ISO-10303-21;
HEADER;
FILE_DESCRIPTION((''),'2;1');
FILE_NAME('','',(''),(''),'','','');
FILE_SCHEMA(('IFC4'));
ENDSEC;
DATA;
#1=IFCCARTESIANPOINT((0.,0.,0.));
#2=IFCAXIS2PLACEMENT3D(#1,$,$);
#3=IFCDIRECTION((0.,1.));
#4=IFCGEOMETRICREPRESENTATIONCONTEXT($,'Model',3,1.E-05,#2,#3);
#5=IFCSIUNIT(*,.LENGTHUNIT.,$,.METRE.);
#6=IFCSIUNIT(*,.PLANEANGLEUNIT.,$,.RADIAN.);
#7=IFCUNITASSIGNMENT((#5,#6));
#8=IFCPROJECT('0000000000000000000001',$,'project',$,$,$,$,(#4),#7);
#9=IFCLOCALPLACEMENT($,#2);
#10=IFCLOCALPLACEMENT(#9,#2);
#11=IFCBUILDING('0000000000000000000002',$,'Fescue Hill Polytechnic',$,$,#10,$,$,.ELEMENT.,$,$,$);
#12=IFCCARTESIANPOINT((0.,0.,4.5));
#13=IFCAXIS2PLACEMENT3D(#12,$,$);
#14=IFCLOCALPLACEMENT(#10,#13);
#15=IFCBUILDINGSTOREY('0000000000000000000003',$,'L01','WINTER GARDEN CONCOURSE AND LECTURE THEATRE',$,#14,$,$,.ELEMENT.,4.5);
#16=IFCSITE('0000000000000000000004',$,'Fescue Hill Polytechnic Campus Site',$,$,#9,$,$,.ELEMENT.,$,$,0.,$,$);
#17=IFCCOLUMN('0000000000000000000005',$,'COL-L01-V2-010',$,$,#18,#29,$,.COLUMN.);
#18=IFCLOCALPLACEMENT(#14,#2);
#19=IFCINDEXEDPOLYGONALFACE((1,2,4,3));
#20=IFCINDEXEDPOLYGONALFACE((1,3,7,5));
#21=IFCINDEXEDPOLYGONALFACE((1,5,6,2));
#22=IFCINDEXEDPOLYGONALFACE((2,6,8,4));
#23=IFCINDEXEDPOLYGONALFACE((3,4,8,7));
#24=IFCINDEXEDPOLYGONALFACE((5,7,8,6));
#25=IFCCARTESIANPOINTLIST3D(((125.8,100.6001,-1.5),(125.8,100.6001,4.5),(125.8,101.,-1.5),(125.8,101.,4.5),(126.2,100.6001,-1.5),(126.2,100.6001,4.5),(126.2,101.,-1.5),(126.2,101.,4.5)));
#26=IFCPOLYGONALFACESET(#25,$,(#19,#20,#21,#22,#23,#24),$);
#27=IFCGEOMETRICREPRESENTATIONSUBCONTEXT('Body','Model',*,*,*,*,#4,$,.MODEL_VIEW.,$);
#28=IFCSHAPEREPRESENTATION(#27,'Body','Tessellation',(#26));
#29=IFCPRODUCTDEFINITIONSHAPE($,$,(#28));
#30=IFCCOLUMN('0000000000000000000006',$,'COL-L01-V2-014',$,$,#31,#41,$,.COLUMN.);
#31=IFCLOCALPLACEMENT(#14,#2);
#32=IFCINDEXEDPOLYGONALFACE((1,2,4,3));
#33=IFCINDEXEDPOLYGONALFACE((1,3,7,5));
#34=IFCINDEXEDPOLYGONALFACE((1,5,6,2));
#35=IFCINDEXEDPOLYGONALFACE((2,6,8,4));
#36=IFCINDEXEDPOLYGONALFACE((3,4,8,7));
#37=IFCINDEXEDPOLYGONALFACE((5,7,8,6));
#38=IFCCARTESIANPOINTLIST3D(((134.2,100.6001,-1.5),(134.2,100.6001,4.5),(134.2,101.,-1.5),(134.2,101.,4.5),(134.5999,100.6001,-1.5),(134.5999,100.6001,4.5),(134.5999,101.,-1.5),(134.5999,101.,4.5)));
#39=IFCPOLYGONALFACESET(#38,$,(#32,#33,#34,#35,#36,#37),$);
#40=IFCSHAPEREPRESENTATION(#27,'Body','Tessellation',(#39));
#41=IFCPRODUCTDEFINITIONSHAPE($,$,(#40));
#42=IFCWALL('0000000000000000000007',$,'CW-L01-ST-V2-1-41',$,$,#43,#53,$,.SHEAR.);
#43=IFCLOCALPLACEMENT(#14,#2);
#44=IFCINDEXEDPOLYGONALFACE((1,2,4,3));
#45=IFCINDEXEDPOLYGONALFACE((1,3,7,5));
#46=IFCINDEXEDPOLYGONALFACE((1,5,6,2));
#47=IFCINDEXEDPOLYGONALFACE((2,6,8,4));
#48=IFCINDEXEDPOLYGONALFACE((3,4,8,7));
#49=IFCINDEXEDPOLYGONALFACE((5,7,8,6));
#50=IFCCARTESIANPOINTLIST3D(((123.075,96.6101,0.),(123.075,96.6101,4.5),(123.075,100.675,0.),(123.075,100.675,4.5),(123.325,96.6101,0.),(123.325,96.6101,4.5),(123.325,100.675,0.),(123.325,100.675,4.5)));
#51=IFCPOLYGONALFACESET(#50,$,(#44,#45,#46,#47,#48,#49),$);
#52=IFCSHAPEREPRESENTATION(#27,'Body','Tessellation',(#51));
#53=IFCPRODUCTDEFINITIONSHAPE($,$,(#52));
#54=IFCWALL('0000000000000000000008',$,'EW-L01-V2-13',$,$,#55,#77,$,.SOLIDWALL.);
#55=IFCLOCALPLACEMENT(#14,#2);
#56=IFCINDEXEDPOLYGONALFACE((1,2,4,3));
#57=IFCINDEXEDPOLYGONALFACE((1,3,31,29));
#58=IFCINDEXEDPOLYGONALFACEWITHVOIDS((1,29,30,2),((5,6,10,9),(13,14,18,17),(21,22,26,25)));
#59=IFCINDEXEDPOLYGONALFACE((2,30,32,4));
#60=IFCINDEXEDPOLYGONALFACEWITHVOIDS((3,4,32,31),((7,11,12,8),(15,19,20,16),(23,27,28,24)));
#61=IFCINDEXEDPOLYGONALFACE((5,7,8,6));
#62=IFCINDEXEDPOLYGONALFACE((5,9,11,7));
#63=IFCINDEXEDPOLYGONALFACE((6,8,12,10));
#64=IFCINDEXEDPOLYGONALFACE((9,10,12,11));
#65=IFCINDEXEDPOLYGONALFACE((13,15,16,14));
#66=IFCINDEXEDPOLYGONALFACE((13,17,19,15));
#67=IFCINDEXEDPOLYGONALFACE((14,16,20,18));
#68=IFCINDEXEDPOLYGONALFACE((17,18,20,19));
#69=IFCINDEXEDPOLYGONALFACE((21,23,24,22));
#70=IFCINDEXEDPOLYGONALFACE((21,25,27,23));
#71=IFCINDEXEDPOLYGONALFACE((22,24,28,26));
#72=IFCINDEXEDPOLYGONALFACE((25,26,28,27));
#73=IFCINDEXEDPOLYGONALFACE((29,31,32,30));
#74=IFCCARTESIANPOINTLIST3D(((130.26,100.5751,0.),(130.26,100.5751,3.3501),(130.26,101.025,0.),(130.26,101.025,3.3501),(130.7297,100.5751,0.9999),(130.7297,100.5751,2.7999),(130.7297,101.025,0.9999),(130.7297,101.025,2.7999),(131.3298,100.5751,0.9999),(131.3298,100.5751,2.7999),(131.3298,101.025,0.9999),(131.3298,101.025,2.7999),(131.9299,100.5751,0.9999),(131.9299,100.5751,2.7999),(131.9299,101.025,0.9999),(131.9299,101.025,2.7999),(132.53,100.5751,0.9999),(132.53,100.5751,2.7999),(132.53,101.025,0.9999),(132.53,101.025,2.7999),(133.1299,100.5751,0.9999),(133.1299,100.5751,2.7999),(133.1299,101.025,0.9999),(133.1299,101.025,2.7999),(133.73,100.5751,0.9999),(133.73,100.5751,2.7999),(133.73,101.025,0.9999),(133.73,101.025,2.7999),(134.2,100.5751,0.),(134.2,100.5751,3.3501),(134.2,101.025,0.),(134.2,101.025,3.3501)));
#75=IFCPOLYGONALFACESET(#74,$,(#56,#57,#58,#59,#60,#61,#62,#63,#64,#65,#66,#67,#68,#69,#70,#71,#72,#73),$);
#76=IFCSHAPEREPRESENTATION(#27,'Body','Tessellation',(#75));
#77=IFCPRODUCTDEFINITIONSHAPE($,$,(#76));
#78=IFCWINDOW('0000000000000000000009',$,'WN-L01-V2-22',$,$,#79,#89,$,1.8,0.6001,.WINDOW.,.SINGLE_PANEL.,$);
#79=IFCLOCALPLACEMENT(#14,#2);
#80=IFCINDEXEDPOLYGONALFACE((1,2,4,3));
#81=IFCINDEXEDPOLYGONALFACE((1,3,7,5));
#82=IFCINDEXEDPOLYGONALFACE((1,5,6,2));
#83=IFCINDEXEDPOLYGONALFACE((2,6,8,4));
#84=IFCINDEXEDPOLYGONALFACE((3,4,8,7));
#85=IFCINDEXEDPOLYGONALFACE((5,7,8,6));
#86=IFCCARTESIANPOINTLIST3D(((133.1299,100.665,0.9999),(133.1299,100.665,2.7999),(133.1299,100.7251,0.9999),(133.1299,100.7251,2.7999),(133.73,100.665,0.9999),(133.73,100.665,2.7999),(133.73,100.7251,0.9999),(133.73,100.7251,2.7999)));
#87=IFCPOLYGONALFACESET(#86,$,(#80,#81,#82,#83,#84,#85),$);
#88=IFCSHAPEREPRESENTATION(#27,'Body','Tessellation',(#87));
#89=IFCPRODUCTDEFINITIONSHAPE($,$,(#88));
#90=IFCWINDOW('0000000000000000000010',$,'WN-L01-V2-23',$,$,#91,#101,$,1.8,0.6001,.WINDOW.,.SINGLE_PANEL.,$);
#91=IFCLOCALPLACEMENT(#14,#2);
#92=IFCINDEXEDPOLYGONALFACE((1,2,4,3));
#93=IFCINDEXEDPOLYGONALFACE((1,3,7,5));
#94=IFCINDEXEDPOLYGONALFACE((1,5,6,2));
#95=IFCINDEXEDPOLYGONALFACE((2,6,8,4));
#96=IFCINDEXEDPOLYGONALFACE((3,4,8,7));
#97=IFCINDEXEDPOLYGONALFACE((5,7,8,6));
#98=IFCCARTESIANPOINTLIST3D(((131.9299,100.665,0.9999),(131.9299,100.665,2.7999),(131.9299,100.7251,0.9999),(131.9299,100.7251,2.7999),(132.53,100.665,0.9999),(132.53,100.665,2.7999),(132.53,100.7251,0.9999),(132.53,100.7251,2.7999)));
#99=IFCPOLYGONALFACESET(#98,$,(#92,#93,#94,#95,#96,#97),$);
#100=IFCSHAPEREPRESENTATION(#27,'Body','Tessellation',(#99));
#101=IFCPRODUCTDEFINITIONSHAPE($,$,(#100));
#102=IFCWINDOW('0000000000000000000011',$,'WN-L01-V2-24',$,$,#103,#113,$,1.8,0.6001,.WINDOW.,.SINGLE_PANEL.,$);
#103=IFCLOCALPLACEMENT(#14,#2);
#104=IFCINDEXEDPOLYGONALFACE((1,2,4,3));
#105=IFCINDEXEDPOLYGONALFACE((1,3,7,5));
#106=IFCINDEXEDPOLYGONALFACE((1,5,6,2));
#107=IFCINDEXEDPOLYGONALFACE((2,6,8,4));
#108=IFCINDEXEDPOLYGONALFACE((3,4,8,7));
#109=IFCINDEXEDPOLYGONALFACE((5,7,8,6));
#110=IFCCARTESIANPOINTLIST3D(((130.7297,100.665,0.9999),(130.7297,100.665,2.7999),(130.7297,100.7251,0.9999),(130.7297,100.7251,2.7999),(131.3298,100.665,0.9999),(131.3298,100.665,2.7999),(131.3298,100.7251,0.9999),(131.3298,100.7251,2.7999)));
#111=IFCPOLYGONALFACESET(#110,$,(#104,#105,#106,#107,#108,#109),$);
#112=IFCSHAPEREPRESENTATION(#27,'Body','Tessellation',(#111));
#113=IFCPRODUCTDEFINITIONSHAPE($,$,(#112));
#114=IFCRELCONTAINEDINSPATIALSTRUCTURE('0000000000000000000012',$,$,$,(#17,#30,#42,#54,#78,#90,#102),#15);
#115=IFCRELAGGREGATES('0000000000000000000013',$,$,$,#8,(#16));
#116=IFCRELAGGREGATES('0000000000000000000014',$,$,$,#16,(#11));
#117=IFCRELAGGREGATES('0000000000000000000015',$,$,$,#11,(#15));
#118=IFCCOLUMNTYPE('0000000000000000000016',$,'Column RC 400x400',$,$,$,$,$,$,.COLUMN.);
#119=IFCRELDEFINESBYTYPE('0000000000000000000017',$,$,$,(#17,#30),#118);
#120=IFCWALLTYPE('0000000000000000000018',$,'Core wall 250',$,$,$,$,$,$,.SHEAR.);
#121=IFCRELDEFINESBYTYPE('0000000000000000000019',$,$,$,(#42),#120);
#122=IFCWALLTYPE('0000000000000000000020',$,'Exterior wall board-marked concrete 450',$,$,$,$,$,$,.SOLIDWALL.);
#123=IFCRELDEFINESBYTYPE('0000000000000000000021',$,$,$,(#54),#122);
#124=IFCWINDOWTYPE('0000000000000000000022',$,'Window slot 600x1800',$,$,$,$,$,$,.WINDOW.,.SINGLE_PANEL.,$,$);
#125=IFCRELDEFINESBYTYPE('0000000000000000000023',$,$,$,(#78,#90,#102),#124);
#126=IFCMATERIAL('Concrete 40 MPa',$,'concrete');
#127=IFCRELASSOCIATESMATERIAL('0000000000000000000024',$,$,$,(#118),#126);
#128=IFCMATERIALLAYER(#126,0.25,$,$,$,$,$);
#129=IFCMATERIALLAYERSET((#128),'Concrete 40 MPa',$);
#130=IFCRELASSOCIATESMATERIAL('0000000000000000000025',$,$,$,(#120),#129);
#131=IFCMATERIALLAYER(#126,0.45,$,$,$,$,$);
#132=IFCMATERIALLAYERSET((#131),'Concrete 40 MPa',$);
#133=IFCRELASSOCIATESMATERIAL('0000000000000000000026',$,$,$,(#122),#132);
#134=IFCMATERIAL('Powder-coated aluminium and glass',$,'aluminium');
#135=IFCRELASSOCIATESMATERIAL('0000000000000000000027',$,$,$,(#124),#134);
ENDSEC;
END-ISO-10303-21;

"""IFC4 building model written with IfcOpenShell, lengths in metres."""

from ifc_helpers import new_model, si_unit, direction, frame, frame_2d, origin, origin_2d, place, context, subcontext, project, spatial, rectangle, extrude, material, layer, layer_set, material_profile, profile_set, type_object, element, fill, save


model = new_model("IFC4")

# Units and contexts
model_context = context("Model", 3, precision=1e-05, world=origin(), true_north=direction((0.0, 1.0)))
body_context = subcontext(model_context, "Body", "Model", "MODEL_VIEW")
ifc_project = project(units=[si_unit("LENGTHUNIT", "METRE"), si_unit("PLANEANGLEUNIT", "RADIAN")], contexts=[model_context])

# Site, building, storey
site_placement = place(None, origin())
site = spatial("IfcSite", under=ifc_project, at=site_placement, Name="Fescue Hill Polytechnic Campus Site", CompositionType="ELEMENT", RefElevation=0.0)
building_placement = place(site_placement, origin())
building = spatial("IfcBuilding", under=site, at=building_placement, Name="Fescue Hill Polytechnic", CompositionType="ELEMENT")
storey_placement = place(building_placement, frame((0.0, 0.0, 4.5)))
storey = spatial("IfcBuildingStorey", under=building, at=storey_placement, Name="L01", Description="WINTER GARDEN CONCOURSE AND LECTURE THEATRE", CompositionType="ELEMENT", Elevation=4.5)

# Columns
ifc_material_1 = material(Name="Concrete 40 MPa", Category="concrete")
ifc_material_profile = material_profile(ifc_material_1, rectangle(XDim=0.3999, YDim=0.3999, at=origin_2d()), Name="RC 400x400")
ifc_profile_set = profile_set([ifc_material_profile], Name="Concrete 40 MPa")
column_type = type_object("IfcColumnType", Name="Column RC 400x400", PredefinedType="COLUMN", material=ifc_profile_set)
for number, where, z_axis, x_axis, name in (
    (1, (126.0, 100.8, -1.5), (0.0, 0.0, 1.0), (1.0, 0.0, 0.0), "COL-L01-V2-010"),
    (2, (134.3999, 100.8, -1.5), (0.0, 0.0, 1.0), (1.0, 0.0, 0.0), "COL-L01-V2-014"),
):
    element("IfcColumn", number, at=place(storey_placement, frame(where, z_axis=z_axis, x_axis=x_axis)), inside=storey, type_object=column_type, Name=name, PredefinedType="COLUMN", context=body_context, shape_type="SweptSolid", body=[
        extrude(rectangle(XDim=0.3999, YDim=0.3999, at=origin_2d()), origin(), (0.0, 0.0, 1.0), 6.0),
    ])

# Wall
ifc_layer_1 = layer(ifc_material_1, 0.25)
ifc_layer_set_1 = layer_set([ifc_layer_1], Name="Concrete 40 MPa")
wall_type_1 = type_object("IfcWallType", Name="Core wall 250", PredefinedType="SHEAR", material=ifc_layer_set_1)
wall_1_placement = place(storey_placement, frame((123.2, 96.6101, 0.0), z_axis=(0.0, 0.0, 1.0), x_axis=(0.0, 1.0, 0.0)))
element("IfcWall", 3, at=wall_1_placement, inside=storey, type_object=wall_type_1, Name="CW-L01-ST-V2-1-41", PredefinedType="SHEAR", context=body_context, shape_type="SweptSolid", body=[
    extrude(rectangle(XDim=4.0649, YDim=0.25, at=frame_2d((2.0325, 0.0))), origin(), (0.0, 0.0, 1.0), 4.5),
])

# Wall, openings, windows
ifc_layer_2 = layer(ifc_material_1, 0.45)
ifc_layer_set_2 = layer_set([ifc_layer_2], Name="Concrete 40 MPa")
wall_type_2 = type_object("IfcWallType", Name="Exterior wall board-marked concrete 450", PredefinedType="SOLIDWALL", material=ifc_layer_set_2)
wall_2_placement = place(storey_placement, frame((134.2, 100.8, 0.0), z_axis=(0.0, 0.0, 1.0), x_axis=(-1.0, 0.0, 0.0)))
wall_2 = element("IfcWall", 4, at=wall_2_placement, inside=storey, type_object=wall_type_2, Name="EW-L01-V2-13", PredefinedType="SOLIDWALL", context=body_context, shape_type="SweptSolid", body=[
    extrude(rectangle(XDim=3.9399, YDim=0.45, at=frame_2d((1.97, 0.0))), origin(), (0.0, 0.0, 1.0), 3.3501),
])
opening_1_placement = place(wall_2_placement, frame((0.47, 0.0, 1.0)))
opening_1 = element("IfcOpeningElement", 5, at=opening_1_placement, cuts=wall_2, PredefinedType="OPENING", context=body_context, shape_type="SweptSolid", body=[
    extrude(rectangle(XDim=0.6001, YDim=1.8, at=frame_2d((0.3, 0.8999))), frame((0.0, 0.2349, 0.0), z_axis=(0.0, -1.0, 0.0), x_axis=(1.0, 0.0, 0.0)), (0.0, 0.0, 1.0), 0.47),
])
opening_2_placement = place(wall_2_placement, frame((1.6699, 0.0, 1.0)))
opening_2 = element("IfcOpeningElement", 6, at=opening_2_placement, cuts=wall_2, PredefinedType="OPENING", context=body_context, shape_type="SweptSolid", body=[
    extrude(rectangle(XDim=0.6001, YDim=1.8, at=frame_2d((0.3, 0.8999))), frame((0.0, 0.2349, 0.0), z_axis=(0.0, -1.0, 0.0), x_axis=(1.0, 0.0, 0.0)), (0.0, 0.0, 1.0), 0.47),
])
opening_3_placement = place(wall_2_placement, frame((2.8701, 0.0, 1.0)))
opening_3 = element("IfcOpeningElement", 7, at=opening_3_placement, cuts=wall_2, PredefinedType="OPENING", context=body_context, shape_type="SweptSolid", body=[
    extrude(rectangle(XDim=0.6001, YDim=1.8, at=frame_2d((0.3, 0.8999))), frame((0.0, 0.2349, 0.0), z_axis=(0.0, -1.0, 0.0), x_axis=(1.0, 0.0, 0.0)), (0.0, 0.0, 1.0), 0.47),
])
ifc_material_2 = material(Name="Powder-coated aluminium and glass", Category="aluminium")
window_type = type_object("IfcWindowType", Name="Window slot 600x1800", PartitioningType="SINGLE_PANEL", PredefinedType="WINDOW", material=ifc_material_2)
window_1_placement = place(opening_1_placement, origin())
window_1 = element("IfcWindow", 8, at=window_1_placement, inside=storey, type_object=window_type, Name="WN-L01-V2-22", OverallHeight=1.8, OverallWidth=0.6001, PartitioningType="SINGLE_PANEL", PredefinedType="WINDOW", context=body_context, shape_type="SweptSolid", body=[
    extrude(rectangle(XDim=0.6001, YDim=1.8, at=frame_2d((0.3, 0.8999))), frame((0.0, 0.135, 0.0), z_axis=(0.0, -1.0, 0.0), x_axis=(1.0, 0.0, 0.0)), (0.0, 0.0, 1.0), 0.0601),
])
fill(opening_1, window_1)
window_2_placement = place(opening_2_placement, origin())
window_2 = element("IfcWindow", 9, at=window_2_placement, inside=storey, type_object=window_type, Name="WN-L01-V2-23", OverallHeight=1.8, OverallWidth=0.6001, PartitioningType="SINGLE_PANEL", PredefinedType="WINDOW", context=body_context, shape_type="SweptSolid", body=[
    extrude(rectangle(XDim=0.6001, YDim=1.8, at=frame_2d((0.3, 0.8999))), frame((0.0, 0.135, 0.0), z_axis=(0.0, -1.0, 0.0), x_axis=(1.0, 0.0, 0.0)), (0.0, 0.0, 1.0), 0.0601),
])
fill(opening_2, window_2)
window_3_placement = place(opening_3_placement, origin())
window_3 = element("IfcWindow", 10, at=window_3_placement, inside=storey, type_object=window_type, Name="WN-L01-V2-24", OverallHeight=1.8, OverallWidth=0.6001, PartitioningType="SINGLE_PANEL", PredefinedType="WINDOW", context=body_context, shape_type="SweptSolid", body=[
    extrude(rectangle(XDim=0.6001, YDim=1.8, at=frame_2d((0.3, 0.8999))), frame((0.0, 0.135, 0.0), z_axis=(0.0, -1.0, 0.0), x_axis=(1.0, 0.0, 0.0)), (0.0, 0.0, 1.0), 0.0601),
])
fill(opening_3, window_3)

save(model, "model.ifc")
